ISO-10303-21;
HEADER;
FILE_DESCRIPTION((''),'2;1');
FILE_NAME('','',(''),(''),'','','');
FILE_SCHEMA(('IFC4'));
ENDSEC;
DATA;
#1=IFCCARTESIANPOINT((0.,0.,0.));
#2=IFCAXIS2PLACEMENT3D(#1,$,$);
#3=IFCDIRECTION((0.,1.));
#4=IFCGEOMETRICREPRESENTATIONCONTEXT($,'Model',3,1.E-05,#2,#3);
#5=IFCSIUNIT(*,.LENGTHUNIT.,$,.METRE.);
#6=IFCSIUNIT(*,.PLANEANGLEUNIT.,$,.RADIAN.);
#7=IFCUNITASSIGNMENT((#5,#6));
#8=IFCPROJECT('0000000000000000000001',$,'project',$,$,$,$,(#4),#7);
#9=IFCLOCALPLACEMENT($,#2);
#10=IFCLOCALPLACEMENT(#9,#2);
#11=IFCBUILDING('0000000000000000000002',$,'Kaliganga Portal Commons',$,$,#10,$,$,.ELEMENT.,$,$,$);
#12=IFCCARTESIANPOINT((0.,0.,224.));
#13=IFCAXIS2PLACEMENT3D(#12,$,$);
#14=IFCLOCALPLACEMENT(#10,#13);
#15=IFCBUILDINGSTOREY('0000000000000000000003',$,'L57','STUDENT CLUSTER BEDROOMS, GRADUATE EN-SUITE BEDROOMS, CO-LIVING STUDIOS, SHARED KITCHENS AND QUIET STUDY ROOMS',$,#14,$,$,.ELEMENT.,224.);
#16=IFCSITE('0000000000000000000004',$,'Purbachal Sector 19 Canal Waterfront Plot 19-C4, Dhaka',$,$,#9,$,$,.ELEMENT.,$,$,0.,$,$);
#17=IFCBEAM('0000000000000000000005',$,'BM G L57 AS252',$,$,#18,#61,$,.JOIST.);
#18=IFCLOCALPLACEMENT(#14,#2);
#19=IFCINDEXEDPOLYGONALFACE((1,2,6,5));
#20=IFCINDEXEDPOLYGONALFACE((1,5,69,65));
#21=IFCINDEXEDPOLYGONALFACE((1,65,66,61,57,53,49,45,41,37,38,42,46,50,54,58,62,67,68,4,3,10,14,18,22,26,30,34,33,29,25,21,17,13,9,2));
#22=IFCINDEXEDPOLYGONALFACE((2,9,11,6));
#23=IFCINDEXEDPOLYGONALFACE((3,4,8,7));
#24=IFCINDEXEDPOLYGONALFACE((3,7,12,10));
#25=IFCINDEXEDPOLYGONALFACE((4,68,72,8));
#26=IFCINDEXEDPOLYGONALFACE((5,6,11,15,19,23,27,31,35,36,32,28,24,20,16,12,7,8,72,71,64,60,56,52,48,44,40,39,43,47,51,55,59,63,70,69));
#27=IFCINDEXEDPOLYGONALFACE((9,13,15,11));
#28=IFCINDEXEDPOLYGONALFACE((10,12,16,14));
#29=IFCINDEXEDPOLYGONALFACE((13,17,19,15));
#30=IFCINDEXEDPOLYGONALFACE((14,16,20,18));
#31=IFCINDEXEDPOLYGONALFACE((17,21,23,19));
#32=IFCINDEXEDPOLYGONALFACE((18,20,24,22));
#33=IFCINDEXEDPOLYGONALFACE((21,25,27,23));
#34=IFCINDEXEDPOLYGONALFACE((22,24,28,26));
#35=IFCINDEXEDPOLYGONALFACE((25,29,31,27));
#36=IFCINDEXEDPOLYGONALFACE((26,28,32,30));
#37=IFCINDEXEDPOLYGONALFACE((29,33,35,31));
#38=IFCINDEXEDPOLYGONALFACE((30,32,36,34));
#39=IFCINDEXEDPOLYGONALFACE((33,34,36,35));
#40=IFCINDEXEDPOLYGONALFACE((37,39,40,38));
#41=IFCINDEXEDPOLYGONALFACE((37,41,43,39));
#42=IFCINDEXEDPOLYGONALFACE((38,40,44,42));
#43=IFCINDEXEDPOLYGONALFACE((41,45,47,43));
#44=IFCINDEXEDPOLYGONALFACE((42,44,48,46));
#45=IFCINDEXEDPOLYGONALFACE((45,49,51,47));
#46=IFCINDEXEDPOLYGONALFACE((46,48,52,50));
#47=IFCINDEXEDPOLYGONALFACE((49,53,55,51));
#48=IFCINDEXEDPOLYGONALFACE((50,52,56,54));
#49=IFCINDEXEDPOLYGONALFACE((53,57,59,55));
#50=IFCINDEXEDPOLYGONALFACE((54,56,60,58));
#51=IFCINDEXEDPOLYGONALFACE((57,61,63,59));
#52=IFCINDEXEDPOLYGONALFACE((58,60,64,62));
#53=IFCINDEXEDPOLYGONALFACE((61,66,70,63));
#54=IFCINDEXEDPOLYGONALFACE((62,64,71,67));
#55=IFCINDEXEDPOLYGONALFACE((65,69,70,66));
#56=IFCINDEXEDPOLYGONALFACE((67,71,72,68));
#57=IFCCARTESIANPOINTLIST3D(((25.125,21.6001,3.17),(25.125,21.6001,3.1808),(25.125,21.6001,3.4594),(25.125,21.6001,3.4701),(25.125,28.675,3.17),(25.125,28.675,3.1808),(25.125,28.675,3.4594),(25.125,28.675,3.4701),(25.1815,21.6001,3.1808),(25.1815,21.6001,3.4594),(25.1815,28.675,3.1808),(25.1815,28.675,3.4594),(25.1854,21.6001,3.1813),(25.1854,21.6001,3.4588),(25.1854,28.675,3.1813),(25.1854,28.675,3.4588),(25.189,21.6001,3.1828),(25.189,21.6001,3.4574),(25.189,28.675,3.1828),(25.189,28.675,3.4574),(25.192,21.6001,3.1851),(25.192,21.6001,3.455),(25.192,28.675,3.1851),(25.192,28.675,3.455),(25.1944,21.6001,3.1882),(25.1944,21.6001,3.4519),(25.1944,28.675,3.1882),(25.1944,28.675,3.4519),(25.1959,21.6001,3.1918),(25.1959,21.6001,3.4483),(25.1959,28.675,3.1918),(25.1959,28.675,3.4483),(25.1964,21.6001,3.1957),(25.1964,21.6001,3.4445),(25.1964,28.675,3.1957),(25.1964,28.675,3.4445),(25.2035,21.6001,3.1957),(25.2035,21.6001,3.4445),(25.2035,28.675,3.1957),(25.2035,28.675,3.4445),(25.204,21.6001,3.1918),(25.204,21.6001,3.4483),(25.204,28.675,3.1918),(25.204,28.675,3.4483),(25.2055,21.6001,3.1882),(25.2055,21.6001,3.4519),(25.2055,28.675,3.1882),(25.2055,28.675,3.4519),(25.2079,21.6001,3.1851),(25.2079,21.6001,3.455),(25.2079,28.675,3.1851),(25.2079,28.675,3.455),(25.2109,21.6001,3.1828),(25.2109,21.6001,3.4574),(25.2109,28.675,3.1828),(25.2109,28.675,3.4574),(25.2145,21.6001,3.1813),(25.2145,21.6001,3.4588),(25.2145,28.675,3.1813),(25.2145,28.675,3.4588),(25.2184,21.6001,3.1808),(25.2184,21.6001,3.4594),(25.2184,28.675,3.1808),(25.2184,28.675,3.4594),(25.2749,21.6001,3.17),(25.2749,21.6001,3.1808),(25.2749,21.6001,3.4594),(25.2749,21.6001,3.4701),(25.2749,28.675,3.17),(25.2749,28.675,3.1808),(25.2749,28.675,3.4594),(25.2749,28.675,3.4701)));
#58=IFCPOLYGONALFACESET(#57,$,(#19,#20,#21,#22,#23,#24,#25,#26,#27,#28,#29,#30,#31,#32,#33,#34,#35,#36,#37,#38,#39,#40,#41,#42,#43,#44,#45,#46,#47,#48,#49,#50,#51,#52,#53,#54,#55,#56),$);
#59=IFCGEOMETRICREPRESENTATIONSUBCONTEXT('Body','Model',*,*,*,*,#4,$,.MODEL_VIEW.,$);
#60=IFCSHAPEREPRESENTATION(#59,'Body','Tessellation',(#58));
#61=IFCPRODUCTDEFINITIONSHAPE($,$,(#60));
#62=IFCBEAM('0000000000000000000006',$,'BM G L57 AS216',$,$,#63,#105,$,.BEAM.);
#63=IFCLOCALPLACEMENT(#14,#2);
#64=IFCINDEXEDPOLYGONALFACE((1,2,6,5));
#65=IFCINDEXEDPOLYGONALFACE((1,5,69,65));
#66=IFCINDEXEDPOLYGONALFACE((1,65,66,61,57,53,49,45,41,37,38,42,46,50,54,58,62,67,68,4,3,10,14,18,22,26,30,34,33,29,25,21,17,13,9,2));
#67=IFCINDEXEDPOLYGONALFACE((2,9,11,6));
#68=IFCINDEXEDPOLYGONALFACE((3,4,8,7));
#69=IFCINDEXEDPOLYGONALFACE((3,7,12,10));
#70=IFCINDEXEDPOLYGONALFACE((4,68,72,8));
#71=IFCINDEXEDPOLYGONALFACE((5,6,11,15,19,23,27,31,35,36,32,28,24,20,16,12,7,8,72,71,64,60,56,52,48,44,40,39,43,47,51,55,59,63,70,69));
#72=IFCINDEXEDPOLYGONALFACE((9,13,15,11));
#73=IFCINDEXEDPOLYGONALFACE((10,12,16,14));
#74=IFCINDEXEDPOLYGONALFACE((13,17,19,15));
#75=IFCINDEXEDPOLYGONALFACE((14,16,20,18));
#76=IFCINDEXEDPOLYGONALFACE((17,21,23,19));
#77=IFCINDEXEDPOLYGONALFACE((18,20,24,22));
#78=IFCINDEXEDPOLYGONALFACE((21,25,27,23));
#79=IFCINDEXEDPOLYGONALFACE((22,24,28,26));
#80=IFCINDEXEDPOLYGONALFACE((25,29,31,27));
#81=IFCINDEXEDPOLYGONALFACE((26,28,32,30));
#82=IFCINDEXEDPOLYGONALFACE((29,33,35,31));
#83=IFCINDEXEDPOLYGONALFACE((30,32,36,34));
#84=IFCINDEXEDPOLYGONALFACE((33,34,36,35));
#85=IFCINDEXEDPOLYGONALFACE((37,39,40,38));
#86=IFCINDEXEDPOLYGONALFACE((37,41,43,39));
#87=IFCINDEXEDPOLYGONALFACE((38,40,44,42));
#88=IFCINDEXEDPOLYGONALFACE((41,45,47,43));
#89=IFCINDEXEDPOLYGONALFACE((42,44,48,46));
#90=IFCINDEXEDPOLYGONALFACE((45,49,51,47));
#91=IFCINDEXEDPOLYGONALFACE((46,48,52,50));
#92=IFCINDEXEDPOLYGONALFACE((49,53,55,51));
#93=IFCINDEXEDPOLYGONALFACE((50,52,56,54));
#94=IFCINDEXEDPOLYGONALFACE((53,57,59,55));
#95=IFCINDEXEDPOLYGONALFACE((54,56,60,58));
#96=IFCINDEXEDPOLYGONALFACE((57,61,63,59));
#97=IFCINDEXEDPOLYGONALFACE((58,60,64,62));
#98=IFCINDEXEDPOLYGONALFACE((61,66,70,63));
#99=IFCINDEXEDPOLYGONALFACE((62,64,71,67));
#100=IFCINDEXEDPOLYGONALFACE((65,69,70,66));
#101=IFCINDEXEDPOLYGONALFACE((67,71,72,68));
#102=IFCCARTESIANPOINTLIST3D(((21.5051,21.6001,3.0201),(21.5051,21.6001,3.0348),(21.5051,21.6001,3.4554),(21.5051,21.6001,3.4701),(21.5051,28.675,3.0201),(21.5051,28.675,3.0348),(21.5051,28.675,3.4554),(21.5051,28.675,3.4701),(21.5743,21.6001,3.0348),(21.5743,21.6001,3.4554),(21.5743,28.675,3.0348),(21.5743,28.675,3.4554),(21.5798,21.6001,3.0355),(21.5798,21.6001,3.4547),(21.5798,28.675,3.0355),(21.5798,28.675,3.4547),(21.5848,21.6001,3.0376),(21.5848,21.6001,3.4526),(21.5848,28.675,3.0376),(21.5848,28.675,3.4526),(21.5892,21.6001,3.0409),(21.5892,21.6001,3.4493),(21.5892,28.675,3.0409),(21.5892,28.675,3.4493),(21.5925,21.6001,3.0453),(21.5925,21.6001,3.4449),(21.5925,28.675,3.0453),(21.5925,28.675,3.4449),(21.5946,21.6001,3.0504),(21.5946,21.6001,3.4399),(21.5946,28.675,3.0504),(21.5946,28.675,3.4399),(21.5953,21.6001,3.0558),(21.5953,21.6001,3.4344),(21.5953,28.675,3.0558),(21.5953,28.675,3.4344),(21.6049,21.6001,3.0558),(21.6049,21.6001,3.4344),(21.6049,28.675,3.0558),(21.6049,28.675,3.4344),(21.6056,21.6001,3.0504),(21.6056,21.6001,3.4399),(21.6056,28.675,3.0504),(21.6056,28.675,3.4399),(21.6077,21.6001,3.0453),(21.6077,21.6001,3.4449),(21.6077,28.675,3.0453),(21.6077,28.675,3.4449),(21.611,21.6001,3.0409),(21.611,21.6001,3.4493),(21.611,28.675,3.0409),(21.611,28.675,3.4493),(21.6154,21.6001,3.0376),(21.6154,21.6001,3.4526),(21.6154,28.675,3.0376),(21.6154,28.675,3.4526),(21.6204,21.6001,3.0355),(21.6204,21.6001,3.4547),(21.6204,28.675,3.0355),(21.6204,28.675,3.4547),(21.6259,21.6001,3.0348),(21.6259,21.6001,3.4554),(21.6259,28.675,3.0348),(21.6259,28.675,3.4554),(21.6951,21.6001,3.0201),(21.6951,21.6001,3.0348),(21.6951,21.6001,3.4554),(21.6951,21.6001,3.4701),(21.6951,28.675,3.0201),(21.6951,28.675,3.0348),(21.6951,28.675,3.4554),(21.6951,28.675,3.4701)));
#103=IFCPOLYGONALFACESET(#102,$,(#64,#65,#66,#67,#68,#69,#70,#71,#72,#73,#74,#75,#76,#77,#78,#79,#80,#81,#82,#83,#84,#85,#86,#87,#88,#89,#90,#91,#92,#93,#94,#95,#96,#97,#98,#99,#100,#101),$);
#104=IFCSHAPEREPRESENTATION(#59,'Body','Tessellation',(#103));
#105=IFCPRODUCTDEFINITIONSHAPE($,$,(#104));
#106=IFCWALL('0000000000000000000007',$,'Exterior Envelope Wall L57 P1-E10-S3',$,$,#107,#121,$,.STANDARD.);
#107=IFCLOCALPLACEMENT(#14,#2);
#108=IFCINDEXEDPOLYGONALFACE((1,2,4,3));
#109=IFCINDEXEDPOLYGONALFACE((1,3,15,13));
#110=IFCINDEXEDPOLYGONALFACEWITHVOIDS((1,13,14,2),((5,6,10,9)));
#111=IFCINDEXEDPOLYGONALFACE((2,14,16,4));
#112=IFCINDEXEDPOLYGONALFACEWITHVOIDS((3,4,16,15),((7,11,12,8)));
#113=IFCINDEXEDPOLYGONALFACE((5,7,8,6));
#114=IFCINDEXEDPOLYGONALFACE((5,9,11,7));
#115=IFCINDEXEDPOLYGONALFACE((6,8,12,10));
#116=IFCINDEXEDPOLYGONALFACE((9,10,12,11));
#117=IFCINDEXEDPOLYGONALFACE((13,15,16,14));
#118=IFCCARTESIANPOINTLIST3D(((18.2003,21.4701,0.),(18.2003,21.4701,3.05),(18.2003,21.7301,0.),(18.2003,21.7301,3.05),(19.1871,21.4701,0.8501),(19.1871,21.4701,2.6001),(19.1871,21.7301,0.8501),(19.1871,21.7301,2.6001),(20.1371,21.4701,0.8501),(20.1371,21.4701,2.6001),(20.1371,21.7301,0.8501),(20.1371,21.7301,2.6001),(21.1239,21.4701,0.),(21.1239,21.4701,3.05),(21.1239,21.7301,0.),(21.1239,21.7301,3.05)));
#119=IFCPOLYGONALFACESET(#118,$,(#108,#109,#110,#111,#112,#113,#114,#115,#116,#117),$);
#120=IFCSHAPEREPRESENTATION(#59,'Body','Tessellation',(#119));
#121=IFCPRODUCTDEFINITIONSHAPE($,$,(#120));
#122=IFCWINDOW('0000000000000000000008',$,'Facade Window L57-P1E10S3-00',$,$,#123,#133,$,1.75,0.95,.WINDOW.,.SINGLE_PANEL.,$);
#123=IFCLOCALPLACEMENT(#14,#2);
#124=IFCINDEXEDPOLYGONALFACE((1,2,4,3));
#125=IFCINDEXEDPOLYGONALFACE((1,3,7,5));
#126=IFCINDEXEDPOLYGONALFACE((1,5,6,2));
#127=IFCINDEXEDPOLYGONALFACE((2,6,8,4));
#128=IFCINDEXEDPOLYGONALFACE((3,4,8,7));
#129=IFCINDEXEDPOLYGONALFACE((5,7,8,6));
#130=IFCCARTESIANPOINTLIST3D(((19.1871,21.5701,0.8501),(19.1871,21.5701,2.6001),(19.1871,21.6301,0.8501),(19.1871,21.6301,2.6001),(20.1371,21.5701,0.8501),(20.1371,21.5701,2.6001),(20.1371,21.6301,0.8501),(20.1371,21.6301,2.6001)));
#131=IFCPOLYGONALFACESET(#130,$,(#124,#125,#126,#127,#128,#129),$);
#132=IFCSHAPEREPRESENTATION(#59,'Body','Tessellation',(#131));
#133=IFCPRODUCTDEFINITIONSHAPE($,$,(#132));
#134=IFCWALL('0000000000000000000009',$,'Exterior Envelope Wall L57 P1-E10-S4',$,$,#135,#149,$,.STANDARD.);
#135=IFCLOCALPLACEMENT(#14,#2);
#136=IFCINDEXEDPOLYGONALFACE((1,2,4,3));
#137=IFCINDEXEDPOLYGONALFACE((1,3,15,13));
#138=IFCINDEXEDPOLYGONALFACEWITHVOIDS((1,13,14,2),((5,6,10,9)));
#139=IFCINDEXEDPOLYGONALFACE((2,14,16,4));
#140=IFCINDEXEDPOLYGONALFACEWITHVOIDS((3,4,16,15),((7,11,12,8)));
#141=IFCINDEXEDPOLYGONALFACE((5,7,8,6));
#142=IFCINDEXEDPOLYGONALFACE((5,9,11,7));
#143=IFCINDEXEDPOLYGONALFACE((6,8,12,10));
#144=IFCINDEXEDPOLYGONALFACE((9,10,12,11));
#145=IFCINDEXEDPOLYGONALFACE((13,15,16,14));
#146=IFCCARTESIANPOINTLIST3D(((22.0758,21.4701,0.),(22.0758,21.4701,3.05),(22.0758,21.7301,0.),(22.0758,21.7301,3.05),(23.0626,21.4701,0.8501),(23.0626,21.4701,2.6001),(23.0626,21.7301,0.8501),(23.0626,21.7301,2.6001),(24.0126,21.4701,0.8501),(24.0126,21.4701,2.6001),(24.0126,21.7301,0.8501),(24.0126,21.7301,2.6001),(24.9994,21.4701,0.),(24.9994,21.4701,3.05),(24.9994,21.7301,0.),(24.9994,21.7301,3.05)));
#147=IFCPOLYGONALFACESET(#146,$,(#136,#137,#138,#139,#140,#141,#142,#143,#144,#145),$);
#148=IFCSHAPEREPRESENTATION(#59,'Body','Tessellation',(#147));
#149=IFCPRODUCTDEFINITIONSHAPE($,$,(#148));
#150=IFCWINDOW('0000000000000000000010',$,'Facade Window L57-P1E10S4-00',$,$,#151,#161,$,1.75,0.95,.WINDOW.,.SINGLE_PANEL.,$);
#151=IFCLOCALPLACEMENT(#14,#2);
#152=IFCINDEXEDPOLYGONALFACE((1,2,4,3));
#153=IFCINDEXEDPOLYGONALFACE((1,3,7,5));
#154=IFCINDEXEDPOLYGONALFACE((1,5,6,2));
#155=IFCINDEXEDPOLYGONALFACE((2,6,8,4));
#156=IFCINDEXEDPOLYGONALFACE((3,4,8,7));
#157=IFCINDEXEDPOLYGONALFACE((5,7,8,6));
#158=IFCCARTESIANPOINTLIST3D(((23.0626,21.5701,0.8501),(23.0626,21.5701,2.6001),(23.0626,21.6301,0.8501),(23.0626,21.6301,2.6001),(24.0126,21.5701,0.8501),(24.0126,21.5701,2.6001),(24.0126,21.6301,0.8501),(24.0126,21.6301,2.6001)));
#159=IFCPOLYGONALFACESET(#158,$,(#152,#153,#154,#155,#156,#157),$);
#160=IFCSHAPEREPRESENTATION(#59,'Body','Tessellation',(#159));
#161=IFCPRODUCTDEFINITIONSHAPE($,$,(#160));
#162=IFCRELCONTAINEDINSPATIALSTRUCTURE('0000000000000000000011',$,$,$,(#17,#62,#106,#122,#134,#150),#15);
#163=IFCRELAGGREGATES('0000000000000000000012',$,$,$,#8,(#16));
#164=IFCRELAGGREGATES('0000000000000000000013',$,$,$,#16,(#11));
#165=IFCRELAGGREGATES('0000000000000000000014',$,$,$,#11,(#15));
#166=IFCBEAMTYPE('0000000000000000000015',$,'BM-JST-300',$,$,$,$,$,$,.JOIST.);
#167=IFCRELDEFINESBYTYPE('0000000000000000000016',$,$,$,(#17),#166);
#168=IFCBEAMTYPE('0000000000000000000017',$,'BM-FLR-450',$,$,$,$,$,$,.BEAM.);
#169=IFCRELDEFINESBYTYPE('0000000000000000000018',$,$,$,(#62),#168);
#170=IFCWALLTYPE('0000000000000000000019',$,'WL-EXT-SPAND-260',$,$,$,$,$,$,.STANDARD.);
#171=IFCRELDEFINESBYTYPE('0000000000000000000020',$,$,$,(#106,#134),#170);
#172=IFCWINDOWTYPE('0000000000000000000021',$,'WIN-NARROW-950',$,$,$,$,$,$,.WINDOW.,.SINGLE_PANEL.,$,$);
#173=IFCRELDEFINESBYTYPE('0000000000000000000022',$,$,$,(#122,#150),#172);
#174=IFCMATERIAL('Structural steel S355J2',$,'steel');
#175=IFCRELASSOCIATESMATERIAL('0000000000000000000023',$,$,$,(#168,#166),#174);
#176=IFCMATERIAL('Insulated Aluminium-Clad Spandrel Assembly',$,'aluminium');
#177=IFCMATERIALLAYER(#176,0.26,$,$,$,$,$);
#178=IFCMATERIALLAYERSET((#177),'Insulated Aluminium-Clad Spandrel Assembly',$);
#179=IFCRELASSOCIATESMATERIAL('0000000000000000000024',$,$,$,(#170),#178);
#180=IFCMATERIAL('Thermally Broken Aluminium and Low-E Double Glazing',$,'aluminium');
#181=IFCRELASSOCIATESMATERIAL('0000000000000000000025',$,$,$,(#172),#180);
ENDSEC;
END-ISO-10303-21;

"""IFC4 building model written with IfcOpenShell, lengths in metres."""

from ifc_helpers import new_model, si_unit, direction, frame, frame_2d, origin, origin_2d, place, context, subcontext, project, spatial, rectangle, i_section, extrude, source, transform, mapped, material, layer, layer_set, material_profile, profile_set, type_object, element, fill, save


model = new_model("IFC4")

# Units and contexts
model_context = context("Model", 3, precision=1e-05, world=origin(), true_north=direction((0.0, 1.0)))
body_context = subcontext(model_context, "Body", "Model", "MODEL_VIEW")
ifc_project = project(units=[si_unit("LENGTHUNIT", "METRE"), si_unit("PLANEANGLEUNIT", "RADIAN")], contexts=[model_context])

# Site, building, storey
site_placement = place(None, origin())
site = spatial("IfcSite", under=ifc_project, at=site_placement, Name="Purbachal Sector 19 Canal Waterfront Plot 19-C4, Dhaka", CompositionType="ELEMENT", RefElevation=0.0)
building_placement = place(site_placement, origin())
building = spatial("IfcBuilding", under=site, at=building_placement, Name="Kaliganga Portal Commons", CompositionType="ELEMENT")
storey_placement = place(building_placement, frame((0.0, 0.0, 224.0)))
storey = spatial("IfcBuildingStorey", under=building, at=storey_placement, Name="L57", Description="STUDENT CLUSTER BEDROOMS, GRADUATE EN-SUITE BEDROOMS, CO-LIVING STUDIOS, SHARED KITCHENS AND QUIET STUDY ROOMS", CompositionType="ELEMENT", Elevation=224.0)

# Shared definitions
ifc_material_1 = material(Name="Structural steel S355J2", Category="steel")

# Beams
ifc_material_profile_1 = material_profile(ifc_material_1, i_section(OverallWidth=0.1899, OverallDepth=0.45, WebThickness=0.0095, FlangeThickness=0.0146, FilletRadius=0.021, at=origin_2d()), Name="IPE 450")
ifc_profile_set_1 = profile_set([ifc_material_profile_1], Name="Structural steel S355J2 wide-flange")
beam_type_1 = type_object("IfcBeamType", Name="BM-FLR-450", PredefinedType="BEAM", material=ifc_profile_set_1)
ifc_material_profile_2 = material_profile(ifc_material_1, i_section(OverallWidth=0.1499, OverallDepth=0.3, WebThickness=0.0071, FlangeThickness=0.0107, FilletRadius=0.0149, at=origin_2d()), Name="IPE 300")
ifc_profile_set_2 = profile_set([ifc_material_profile_2], Name="Structural steel S355J2 wide-flange")
beam_type_2 = type_object("IfcBeamType", Name="BM-JST-300", PredefinedType="JOIST", material=ifc_profile_set_2)
shared_shape_1 = source(origin(), body_context, "Body", "SweptSolid", [
    extrude(i_section(OverallWidth=0.1499, OverallDepth=0.3, WebThickness=0.0071, FlangeThickness=0.0107, FilletRadius=0.0149, at=origin_2d()), origin(), (0.0, 0.0, 1.0), 7.075),
])
beam_1_placement = place(storey_placement, frame((25.2, 21.6001, 3.3201), z_axis=(0.0, 1.0, 0.0), x_axis=(-1.0, 0.0, 0.0)))
element("IfcBeam", 1, at=beam_1_placement, inside=storey, type_object=beam_type_2, Name="BM G L57 AS252", PredefinedType="JOIST", context=body_context, shape_type="MappedRepresentation", body=[
    mapped(shared_shape_1, transform((0.0, 0.0, 0.0), x_axis=(1.0, 0.0, 0.0), y_axis=(0.0, 1.0, 0.0), z_axis=(0.0, 0.0, 1.0), scale=1.0)),
])
shared_shape_2 = source(origin(), body_context, "Body", "SweptSolid", [
    extrude(i_section(OverallWidth=0.1899, OverallDepth=0.45, WebThickness=0.0095, FlangeThickness=0.0146, FilletRadius=0.021, at=origin_2d()), origin(), (0.0, 0.0, 1.0), 7.075),
])
beam_2_placement = place(storey_placement, frame((21.6001, 21.6001, 3.2451), z_axis=(0.0, 1.0, 0.0), x_axis=(-1.0, 0.0, 0.0)))
element("IfcBeam", 2, at=beam_2_placement, inside=storey, type_object=beam_type_1, Name="BM G L57 AS216", PredefinedType="BEAM", context=body_context, shape_type="MappedRepresentation", body=[
    mapped(shared_shape_2, transform((0.0, 0.0, 0.0), x_axis=(1.0, 0.0, 0.0), y_axis=(0.0, 1.0, 0.0), z_axis=(0.0, 0.0, 1.0), scale=1.0)),
])

# Walls, openings, windows
ifc_material_2 = material(Name="Insulated Aluminium-Clad Spandrel Assembly", Category="aluminium")
ifc_layer_1 = layer(ifc_material_2, 0.26)
ifc_layer_set_1 = layer_set([ifc_layer_1], Name="Insulated Aluminium-Clad Spandrel Assembly")
wall_type_1 = type_object("IfcWallType", Name="WL-EXT-SPAND-260", PredefinedType="STANDARD", material=ifc_layer_set_1)
wall_1_placement = place(storey_placement, frame((21.124, 21.6001, 0.0), z_axis=(0.0, 0.0, 1.0), x_axis=(-1.0, 0.0, 0.0)))
wall_1 = element("IfcWall", 3, at=wall_1_placement, inside=storey, type_object=wall_type_1, Name="Exterior Envelope Wall L57 P1-E10-S3", PredefinedType="STANDARD", context=body_context, shape_type="SweptSolid", body=[
    extrude(rectangle(XDim=2.9236, YDim=0.26, at=frame_2d((1.4619, 0.0))), origin(), (0.0, 0.0, 1.0), 3.05),
])
opening_1_placement = place(wall_1_placement, frame((0.9868, 0.0, 0.8501)))
opening_1 = element("IfcOpeningElement", 4, at=opening_1_placement, cuts=wall_1, PredefinedType="OPENING", context=body_context, shape_type="SweptSolid", body=[
    extrude(rectangle(XDim=0.95, YDim=1.75, at=frame_2d((0.4751, 0.875))), frame((0.0, 0.1401, 0.0), z_axis=(0.0, -1.0, 0.0), x_axis=(1.0, 0.0, 0.0)), (0.0, 0.0, 1.0), 0.28),
])
ifc_material_3 = material(Name="Thermally Broken Aluminium and Low-E Double Glazing", Category="aluminium")
window_type_1 = type_object("IfcWindowType", Name="WIN-NARROW-950", PartitioningType="SINGLE_PANEL", PredefinedType="WINDOW", material=ifc_material_3)
window_1_placement = place(opening_1_placement, origin())
window_1 = element("IfcWindow", 5, at=window_1_placement, inside=storey, type_object=window_type_1, Name="Facade Window L57-P1E10S3-00", OverallHeight=1.75, OverallWidth=0.95, PartitioningType="SINGLE_PANEL", PredefinedType="WINDOW", context=body_context, shape_type="SweptSolid", body=[
    extrude(rectangle(XDim=0.95, YDim=1.75, at=frame_2d((0.4751, 0.875))), frame((0.0, 0.03, 0.0), z_axis=(0.0, -1.0, 0.0), x_axis=(1.0, 0.0, 0.0)), (0.0, 0.0, 1.0), 0.0601),
])
fill(opening_1, window_1)
wall_2_placement = place(storey_placement, frame((24.9995, 21.6001, 0.0), z_axis=(0.0, 0.0, 1.0), x_axis=(-1.0, 0.0, 0.0)))
wall_2 = element("IfcWall", 6, at=wall_2_placement, inside=storey, type_object=wall_type_1, Name="Exterior Envelope Wall L57 P1-E10-S4", PredefinedType="STANDARD", context=body_context, shape_type="SweptSolid", body=[
    extrude(rectangle(XDim=2.9236, YDim=0.26, at=frame_2d((1.4619, 0.0))), origin(), (0.0, 0.0, 1.0), 3.05),
])
opening_2_placement = place(wall_2_placement, frame((0.9868, 0.0, 0.8501)))
opening_2 = element("IfcOpeningElement", 7, at=opening_2_placement, cuts=wall_2, PredefinedType="OPENING", context=body_context, shape_type="SweptSolid", body=[
    extrude(rectangle(XDim=0.95, YDim=1.75, at=frame_2d((0.4751, 0.875))), frame((0.0, 0.1401, 0.0), z_axis=(0.0, -1.0, 0.0), x_axis=(1.0, 0.0, 0.0)), (0.0, 0.0, 1.0), 0.28),
])
window_2_placement = place(opening_2_placement, origin())
window_2 = element("IfcWindow", 8, at=window_2_placement, inside=storey, type_object=window_type_1, Name="Facade Window L57-P1E10S4-00", OverallHeight=1.75, OverallWidth=0.95, PartitioningType="SINGLE_PANEL", PredefinedType="WINDOW", context=body_context, shape_type="SweptSolid", body=[
    extrude(rectangle(XDim=0.95, YDim=1.75, at=frame_2d((0.4751, 0.875))), frame((0.0, 0.03, 0.0), z_axis=(0.0, -1.0, 0.0), x_axis=(1.0, 0.0, 0.0)), (0.0, 0.0, 1.0), 0.0601),
])
fill(opening_2, window_2)

save(model, "model.ifc")
